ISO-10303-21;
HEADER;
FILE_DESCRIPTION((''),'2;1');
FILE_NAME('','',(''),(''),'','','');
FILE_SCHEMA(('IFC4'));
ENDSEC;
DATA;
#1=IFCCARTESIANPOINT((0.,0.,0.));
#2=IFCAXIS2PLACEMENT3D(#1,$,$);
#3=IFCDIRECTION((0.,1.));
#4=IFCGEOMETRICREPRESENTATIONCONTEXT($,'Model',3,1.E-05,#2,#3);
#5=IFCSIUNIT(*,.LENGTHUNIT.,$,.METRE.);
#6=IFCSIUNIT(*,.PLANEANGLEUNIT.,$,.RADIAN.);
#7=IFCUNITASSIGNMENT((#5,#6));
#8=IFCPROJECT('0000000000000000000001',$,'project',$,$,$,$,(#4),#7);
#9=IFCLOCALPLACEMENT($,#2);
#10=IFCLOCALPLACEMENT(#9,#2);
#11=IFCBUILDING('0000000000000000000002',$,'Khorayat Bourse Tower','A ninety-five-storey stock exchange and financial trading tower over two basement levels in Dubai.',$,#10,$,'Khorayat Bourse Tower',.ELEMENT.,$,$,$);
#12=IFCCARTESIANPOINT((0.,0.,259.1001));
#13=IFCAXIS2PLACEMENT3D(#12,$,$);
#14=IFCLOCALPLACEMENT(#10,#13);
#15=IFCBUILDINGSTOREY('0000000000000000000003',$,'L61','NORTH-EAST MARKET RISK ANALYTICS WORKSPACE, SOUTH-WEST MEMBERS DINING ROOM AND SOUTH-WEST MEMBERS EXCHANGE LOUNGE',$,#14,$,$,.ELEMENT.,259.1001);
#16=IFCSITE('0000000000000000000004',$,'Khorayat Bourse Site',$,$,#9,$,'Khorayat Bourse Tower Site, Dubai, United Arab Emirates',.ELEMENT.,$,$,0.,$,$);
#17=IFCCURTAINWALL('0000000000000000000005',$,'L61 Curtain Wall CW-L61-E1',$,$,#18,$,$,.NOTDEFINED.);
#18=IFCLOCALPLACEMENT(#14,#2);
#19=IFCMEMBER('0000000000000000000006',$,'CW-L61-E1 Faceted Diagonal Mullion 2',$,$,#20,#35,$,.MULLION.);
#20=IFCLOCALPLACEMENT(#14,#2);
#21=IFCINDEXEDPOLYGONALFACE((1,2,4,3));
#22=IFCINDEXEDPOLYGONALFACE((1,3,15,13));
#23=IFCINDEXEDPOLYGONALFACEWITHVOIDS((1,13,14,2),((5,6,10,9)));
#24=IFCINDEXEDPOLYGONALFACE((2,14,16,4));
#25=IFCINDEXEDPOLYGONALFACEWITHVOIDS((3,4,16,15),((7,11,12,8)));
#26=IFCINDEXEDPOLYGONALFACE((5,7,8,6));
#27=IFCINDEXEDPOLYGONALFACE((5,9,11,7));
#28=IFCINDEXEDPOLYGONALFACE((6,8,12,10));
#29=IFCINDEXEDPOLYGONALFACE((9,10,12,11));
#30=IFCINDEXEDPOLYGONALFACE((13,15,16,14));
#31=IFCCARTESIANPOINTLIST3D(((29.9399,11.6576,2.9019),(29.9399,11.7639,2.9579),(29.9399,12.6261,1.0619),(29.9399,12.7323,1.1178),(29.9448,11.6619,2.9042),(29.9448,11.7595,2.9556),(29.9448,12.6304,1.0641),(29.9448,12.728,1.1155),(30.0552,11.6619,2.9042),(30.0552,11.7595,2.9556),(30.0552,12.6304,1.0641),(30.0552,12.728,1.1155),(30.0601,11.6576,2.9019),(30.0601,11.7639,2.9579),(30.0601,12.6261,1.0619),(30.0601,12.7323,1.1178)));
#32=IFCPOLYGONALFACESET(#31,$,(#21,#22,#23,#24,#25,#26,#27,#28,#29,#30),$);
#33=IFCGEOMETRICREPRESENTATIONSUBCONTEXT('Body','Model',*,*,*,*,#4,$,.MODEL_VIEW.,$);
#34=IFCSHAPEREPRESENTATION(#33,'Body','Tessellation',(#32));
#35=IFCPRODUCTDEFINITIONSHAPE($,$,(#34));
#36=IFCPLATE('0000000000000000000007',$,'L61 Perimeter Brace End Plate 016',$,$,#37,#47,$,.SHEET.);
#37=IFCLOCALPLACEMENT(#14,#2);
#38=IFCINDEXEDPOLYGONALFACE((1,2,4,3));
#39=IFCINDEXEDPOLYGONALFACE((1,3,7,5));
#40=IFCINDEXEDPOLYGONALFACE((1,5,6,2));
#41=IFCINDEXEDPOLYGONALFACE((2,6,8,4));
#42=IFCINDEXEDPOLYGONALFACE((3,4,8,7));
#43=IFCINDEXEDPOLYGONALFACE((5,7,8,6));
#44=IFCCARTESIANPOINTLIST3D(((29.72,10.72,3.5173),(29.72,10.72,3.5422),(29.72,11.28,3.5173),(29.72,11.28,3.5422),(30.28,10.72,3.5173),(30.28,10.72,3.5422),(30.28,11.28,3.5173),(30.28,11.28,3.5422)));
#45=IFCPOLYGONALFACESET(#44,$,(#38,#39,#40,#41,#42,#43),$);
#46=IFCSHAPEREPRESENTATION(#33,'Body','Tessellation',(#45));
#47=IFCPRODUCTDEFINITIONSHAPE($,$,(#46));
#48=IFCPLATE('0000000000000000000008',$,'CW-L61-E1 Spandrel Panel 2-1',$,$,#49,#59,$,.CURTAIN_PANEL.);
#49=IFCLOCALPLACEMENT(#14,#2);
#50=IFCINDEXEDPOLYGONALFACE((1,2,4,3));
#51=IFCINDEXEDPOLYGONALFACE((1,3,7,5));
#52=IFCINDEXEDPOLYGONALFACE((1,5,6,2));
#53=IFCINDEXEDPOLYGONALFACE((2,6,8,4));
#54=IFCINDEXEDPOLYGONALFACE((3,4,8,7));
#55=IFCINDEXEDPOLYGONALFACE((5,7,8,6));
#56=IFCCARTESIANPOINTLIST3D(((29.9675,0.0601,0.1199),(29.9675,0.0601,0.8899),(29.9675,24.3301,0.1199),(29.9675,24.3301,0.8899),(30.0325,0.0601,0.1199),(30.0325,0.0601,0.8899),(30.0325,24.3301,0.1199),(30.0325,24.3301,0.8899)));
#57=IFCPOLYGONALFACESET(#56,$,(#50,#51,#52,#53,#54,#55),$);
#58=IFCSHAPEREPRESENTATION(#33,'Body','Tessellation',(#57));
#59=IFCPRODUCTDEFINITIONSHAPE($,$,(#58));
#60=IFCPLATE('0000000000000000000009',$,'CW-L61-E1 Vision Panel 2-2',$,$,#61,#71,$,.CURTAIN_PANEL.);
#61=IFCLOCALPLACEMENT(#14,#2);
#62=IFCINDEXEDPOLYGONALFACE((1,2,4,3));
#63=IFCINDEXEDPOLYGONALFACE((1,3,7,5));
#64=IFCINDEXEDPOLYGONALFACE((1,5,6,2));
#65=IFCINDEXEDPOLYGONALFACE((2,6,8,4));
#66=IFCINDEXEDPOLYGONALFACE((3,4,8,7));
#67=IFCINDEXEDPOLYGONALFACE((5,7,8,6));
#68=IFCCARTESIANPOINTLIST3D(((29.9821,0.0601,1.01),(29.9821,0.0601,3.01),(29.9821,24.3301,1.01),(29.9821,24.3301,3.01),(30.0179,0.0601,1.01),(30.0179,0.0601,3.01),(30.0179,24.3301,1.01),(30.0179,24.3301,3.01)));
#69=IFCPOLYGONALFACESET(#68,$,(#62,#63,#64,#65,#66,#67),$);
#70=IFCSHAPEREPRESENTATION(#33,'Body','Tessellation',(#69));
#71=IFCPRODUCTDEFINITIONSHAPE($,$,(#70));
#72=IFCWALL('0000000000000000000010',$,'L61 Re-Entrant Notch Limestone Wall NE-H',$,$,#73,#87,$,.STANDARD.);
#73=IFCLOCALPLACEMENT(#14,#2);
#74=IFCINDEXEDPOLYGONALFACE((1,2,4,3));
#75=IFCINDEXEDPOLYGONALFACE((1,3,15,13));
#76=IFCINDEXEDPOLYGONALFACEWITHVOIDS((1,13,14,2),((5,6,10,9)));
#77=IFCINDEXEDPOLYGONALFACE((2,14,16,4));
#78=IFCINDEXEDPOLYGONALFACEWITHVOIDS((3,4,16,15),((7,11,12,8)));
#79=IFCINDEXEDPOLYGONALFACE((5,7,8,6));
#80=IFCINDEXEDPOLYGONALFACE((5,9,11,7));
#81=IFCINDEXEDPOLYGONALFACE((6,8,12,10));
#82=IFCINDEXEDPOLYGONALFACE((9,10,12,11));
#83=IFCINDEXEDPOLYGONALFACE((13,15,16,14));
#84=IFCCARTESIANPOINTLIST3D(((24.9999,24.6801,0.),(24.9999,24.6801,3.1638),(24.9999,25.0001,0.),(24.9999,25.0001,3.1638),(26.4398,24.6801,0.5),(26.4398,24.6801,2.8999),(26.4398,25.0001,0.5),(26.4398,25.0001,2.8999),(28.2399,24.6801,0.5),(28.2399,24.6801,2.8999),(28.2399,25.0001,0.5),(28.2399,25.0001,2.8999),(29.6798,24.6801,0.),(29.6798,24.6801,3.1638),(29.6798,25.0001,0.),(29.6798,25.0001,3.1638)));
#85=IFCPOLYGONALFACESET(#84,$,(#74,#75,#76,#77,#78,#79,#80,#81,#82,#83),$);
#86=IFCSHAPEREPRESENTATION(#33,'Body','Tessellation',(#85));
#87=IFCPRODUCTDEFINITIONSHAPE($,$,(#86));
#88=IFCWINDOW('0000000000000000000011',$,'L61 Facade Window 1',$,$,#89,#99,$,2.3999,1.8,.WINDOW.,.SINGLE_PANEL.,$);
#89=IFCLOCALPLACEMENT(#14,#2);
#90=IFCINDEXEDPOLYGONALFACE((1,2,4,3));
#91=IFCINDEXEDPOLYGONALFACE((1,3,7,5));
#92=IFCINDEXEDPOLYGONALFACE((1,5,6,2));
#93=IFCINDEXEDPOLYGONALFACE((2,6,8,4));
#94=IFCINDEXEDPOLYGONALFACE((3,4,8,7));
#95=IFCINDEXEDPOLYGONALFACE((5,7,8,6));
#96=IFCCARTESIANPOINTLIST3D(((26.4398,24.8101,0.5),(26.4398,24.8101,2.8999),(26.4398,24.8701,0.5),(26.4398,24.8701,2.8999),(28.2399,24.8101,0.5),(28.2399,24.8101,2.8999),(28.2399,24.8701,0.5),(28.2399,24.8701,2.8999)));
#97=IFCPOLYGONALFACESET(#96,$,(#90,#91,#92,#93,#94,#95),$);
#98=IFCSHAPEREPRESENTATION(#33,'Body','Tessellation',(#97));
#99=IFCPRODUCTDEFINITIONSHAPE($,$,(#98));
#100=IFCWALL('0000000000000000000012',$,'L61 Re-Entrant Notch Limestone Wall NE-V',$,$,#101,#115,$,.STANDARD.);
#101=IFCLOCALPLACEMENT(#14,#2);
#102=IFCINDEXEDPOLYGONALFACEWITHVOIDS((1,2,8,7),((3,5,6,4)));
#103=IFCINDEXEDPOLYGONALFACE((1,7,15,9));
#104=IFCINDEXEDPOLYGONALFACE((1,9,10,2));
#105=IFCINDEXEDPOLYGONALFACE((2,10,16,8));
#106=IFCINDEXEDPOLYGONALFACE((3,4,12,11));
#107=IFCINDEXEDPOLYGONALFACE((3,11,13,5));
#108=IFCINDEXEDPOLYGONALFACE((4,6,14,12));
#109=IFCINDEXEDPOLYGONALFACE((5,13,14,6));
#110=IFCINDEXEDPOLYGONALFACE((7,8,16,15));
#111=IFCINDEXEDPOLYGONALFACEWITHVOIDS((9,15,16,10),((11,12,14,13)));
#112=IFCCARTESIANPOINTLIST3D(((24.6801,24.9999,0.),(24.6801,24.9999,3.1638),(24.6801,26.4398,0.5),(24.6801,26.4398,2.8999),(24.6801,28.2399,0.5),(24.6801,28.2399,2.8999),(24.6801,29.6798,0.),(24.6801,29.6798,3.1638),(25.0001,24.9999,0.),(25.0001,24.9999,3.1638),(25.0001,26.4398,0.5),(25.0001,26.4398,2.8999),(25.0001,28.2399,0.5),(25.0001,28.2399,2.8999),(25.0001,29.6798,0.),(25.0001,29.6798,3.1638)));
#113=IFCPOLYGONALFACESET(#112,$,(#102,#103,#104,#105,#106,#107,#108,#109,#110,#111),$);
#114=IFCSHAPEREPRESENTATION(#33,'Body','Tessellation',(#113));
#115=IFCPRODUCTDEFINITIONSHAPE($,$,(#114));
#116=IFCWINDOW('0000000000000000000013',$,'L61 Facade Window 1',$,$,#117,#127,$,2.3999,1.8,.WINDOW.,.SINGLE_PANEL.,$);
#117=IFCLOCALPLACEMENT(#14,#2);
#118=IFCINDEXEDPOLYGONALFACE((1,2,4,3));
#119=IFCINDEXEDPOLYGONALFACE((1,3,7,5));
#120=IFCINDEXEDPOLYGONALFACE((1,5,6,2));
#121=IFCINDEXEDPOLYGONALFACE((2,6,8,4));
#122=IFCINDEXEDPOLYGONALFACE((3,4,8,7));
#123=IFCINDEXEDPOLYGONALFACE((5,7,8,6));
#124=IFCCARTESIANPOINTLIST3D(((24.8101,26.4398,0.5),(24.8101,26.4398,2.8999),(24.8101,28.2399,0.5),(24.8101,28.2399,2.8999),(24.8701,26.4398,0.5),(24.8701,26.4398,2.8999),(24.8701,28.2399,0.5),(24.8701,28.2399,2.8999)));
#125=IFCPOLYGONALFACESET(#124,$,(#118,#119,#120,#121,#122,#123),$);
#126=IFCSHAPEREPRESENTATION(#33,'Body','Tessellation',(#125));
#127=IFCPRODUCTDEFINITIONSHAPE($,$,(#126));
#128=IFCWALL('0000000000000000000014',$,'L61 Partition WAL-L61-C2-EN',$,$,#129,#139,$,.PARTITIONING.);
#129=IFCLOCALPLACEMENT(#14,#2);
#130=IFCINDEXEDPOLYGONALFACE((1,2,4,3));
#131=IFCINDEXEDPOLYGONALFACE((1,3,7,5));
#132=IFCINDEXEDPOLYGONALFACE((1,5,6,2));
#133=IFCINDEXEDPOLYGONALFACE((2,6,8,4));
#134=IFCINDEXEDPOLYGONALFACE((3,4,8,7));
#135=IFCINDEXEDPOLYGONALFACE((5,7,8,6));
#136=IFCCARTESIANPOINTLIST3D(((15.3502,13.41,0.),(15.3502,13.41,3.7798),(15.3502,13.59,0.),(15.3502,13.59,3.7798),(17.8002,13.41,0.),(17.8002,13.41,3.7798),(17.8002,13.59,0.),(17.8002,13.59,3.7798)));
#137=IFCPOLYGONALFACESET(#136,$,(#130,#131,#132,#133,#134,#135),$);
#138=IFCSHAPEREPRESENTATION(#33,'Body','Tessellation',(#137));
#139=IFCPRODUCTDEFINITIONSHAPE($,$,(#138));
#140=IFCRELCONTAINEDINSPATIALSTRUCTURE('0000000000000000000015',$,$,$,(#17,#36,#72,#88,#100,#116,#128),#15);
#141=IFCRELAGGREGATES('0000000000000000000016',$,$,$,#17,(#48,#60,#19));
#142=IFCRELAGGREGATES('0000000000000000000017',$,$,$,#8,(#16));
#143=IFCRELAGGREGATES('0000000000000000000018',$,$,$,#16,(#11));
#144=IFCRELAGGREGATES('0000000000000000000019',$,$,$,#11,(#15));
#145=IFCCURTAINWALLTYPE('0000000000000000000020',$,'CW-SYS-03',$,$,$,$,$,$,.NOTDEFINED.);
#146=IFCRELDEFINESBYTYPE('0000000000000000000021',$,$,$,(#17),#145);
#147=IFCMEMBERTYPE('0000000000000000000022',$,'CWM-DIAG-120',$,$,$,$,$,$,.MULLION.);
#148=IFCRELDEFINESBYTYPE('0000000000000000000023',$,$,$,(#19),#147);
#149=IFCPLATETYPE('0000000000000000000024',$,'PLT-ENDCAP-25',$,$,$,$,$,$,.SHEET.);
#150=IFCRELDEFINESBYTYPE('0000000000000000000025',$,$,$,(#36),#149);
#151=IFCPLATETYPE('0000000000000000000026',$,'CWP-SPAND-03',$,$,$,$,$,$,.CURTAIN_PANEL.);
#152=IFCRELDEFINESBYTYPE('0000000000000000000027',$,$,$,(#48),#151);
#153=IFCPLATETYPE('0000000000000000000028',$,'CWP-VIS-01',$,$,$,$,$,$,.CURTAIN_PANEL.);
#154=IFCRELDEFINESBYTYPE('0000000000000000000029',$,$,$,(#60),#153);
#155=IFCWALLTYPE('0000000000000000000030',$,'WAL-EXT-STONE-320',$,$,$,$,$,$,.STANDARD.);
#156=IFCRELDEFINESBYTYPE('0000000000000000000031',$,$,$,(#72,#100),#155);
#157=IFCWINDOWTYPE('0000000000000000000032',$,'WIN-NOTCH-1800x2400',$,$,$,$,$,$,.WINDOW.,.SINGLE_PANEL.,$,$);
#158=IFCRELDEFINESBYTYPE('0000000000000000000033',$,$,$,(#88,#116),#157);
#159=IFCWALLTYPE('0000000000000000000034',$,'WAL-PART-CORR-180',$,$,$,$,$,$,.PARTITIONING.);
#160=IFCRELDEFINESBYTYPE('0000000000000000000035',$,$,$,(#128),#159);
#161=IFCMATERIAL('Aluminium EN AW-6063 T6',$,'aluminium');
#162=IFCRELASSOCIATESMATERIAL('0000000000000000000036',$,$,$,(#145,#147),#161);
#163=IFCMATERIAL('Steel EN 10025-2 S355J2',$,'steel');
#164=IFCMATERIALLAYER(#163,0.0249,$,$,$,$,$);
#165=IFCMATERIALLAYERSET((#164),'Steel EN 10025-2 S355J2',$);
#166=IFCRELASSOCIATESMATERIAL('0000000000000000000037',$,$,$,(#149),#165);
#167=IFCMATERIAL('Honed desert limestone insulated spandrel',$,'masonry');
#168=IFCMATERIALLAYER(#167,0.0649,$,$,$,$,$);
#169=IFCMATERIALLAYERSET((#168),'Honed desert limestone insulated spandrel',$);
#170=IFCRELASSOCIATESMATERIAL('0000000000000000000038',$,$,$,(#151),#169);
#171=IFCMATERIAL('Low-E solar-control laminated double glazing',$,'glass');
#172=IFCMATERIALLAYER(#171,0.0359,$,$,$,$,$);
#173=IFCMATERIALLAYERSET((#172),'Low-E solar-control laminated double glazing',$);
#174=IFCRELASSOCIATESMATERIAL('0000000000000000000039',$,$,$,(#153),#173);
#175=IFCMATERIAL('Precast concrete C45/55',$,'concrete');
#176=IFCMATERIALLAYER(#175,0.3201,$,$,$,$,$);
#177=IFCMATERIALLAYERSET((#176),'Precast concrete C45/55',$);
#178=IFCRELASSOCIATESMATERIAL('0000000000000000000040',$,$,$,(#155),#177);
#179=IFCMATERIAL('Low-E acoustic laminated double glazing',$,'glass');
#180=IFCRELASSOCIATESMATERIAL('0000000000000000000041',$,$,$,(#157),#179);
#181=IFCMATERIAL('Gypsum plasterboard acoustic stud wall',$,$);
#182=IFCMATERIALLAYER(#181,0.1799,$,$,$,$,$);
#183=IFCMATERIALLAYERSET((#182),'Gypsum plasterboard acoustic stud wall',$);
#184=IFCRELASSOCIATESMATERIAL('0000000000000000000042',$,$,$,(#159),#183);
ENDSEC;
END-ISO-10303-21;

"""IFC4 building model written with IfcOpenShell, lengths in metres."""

from ifc_helpers import new_model, si_unit, direction, frame, frame_2d, origin, origin_2d, place, context, subcontext, project, spatial, rectangle, hollow_rectangle, extrude, source, transform, mapped, material, layer, layer_set, material_profile, profile_set, type_object, element, fill, aggregate, save


model = new_model("IFC4")

# Units and contexts
model_context = context("Model", 3, precision=1e-05, world=origin(), true_north=direction((0.0, 1.0)))
body_context = subcontext(model_context, "Body", "Model", "MODEL_VIEW")
ifc_project = project(units=[si_unit("LENGTHUNIT", "METRE"), si_unit("PLANEANGLEUNIT", "RADIAN")], contexts=[model_context])

# Site, building, storey
site_placement = place(None, origin())
site = spatial("IfcSite", under=ifc_project, at=site_placement, Name="Khorayat Bourse Site", LongName="Khorayat Bourse Tower Site, Dubai, United Arab Emirates", CompositionType="ELEMENT", RefElevation=0.0)
building_placement = place(site_placement, origin())
building = spatial("IfcBuilding", under=site, at=building_placement, Name="Khorayat Bourse Tower", Description="A ninety-five-storey stock exchange and financial trading tower over two basement levels in Dubai.", LongName="Khorayat Bourse Tower", CompositionType="ELEMENT")
storey_placement = place(building_placement, frame((0.0, 0.0, 259.1001)))
storey = spatial("IfcBuildingStorey", under=building, at=storey_placement, Name="L61", Description="NORTH-EAST MARKET RISK ANALYTICS WORKSPACE, SOUTH-WEST MEMBERS DINING ROOM AND SOUTH-WEST MEMBERS EXCHANGE LOUNGE", CompositionType="ELEMENT", Elevation=259.1001)

# Shared definitions
ifc_material_1 = material(Name="Aluminium EN AW-6063 T6", Category="aluminium")
curtain_wall_type = type_object("IfcCurtainWallType", Name="CW-SYS-03", PredefinedType="NOTDEFINED", material=ifc_material_1)

# Curtain wall, member
curtain_wall_1_placement = place(storey_placement, origin())
curtain_wall_1 = element("IfcCurtainWall", 1, at=curtain_wall_1_placement, inside=storey, type_object=curtain_wall_type, Name="L61 Curtain Wall CW-L61-E1", PredefinedType="NOTDEFINED")
ifc_material_profile_1 = material_profile(ifc_material_1, hollow_rectangle(XDim=0.1201, YDim=0.1201, WallThickness=0.0049, at=origin_2d()), Name="ALU 120x120x5")
ifc_profile_set_1 = profile_set([ifc_material_profile_1], Name="Aluminium EN AW-6063 T6")
member_type_1 = type_object("IfcMemberType", Name="CWM-DIAG-120", PredefinedType="MULLION", material=ifc_profile_set_1)
shared_shape_1 = source(origin(), body_context, "Body", "SweptSolid", [
    extrude(hollow_rectangle(XDim=0.1201, YDim=0.1201, WallThickness=0.0049, at=origin_2d()), origin(), (0.0, 0.0, 1.0), 2.0793),
])
member_1_placement = place(storey_placement, frame((30.0, 12.6792, 1.0898), z_axis=(0.0, -0.465761, 0.884911), x_axis=(1.0, 0.0, 0.0)))
member_1 = element("IfcMember", 2, at=member_1_placement, type_object=member_type_1, Name="CW-L61-E1 Faceted Diagonal Mullion 2", PredefinedType="MULLION", context=body_context, shape_type="MappedRepresentation", body=[
    mapped(shared_shape_1, transform((0.0, 0.0, 0.0), scale=1.0)),
])

# Plates
ifc_material_2 = material(Name="Steel EN 10025-2 S355J2", Category="steel")
ifc_layer_1 = layer(ifc_material_2, 0.0249)
ifc_layer_set_1 = layer_set([ifc_layer_1], Name="Steel EN 10025-2 S355J2")
plate_type_1 = type_object("IfcPlateType", Name="PLT-ENDCAP-25", PredefinedType="SHEET", material=ifc_layer_set_1)
shared_shape_2 = source(origin(), body_context, "Body", "SweptSolid", [
    extrude(rectangle(XDim=0.5601, YDim=0.5601, at=origin_2d()), origin(), (0.0, 0.0, 1.0), 0.0249),
])
plate_1_placement = place(storey_placement, frame((30.0, 11.0, 3.5173), z_axis=(0.0, 0.0, 1.0), x_axis=(1.0, 0.0, 0.0)))
element("IfcPlate", 3, at=plate_1_placement, inside=storey, type_object=plate_type_1, Name="L61 Perimeter Brace End Plate 016", PredefinedType="SHEET", context=body_context, shape_type="MappedRepresentation", body=[
    mapped(shared_shape_2, transform((0.0, 0.0, 0.0), scale=1.0)),
])
ifc_material_3 = material(Name="Honed desert limestone insulated spandrel", Category="masonry")
ifc_layer_2 = layer(ifc_material_3, 0.0649)
ifc_layer_set_2 = layer_set([ifc_layer_2], Name="Honed desert limestone insulated spandrel")
plate_type_2 = type_object("IfcPlateType", Name="CWP-SPAND-03", PredefinedType="CURTAIN_PANEL", material=ifc_layer_set_2)
shared_shape_3 = source(origin(), body_context, "Body", "SweptSolid", [
    extrude(rectangle(XDim=24.27, YDim=0.0649, at=origin_2d()), origin(), (0.0, 0.0, 1.0), 0.77),
])
plate_2_placement = place(storey_placement, frame((30.0, 12.1951, 0.1199), z_axis=(0.0, 0.0, 1.0), x_axis=(0.0, 1.0, 0.0)))
plate_2 = element("IfcPlate", 4, at=plate_2_placement, type_object=plate_type_2, Name="CW-L61-E1 Spandrel Panel 2-1", PredefinedType="CURTAIN_PANEL", context=body_context, shape_type="MappedRepresentation", body=[
    mapped(shared_shape_3, transform((0.0, 0.0, 0.0), scale=1.0)),
])
ifc_material_4 = material(Name="Low-E solar-control laminated double glazing", Category="glass")
ifc_layer_3 = layer(ifc_material_4, 0.0359)
ifc_layer_set_3 = layer_set([ifc_layer_3], Name="Low-E solar-control laminated double glazing")
plate_type_3 = type_object("IfcPlateType", Name="CWP-VIS-01", PredefinedType="CURTAIN_PANEL", material=ifc_layer_set_3)
shared_shape_4 = source(origin(), body_context, "Body", "SweptSolid", [
    extrude(rectangle(XDim=24.27, YDim=0.0359, at=origin_2d()), origin(), (0.0, 0.0, 1.0), 2.0),
])
plate_3_placement = place(storey_placement, frame((30.0, 12.1951, 1.01), z_axis=(0.0, 0.0, 1.0), x_axis=(0.0, 1.0, 0.0)))
plate_3 = element("IfcPlate", 5, at=plate_3_placement, type_object=plate_type_3, Name="CW-L61-E1 Vision Panel 2-2", PredefinedType="CURTAIN_PANEL", context=body_context, shape_type="MappedRepresentation", body=[
    mapped(shared_shape_4, transform((0.0, 0.0, 0.0), scale=1.0)),
])
aggregate(curtain_wall_1, [plate_2, plate_3, member_1])

# Walls, openings, windows
ifc_material_5 = material(Name="Precast concrete C45/55", Category="concrete")
ifc_layer_4 = layer(ifc_material_5, 0.3201)
ifc_layer_set_4 = layer_set([ifc_layer_4], Name="Precast concrete C45/55")
wall_type_1 = type_object("IfcWallType", Name="WAL-EXT-STONE-320", PredefinedType="STANDARD", material=ifc_layer_set_4)
shared_shape_5 = source(origin(), body_context, "Body", "SweptSolid", [
    extrude(rectangle(XDim=4.6799, YDim=0.3201, at=frame_2d((2.3398, 0.0))), origin(), (0.0, 0.0, 1.0), 3.1638),
])
wall_1_placement = place(storey_placement, frame((25.0, 24.8401, 0.0), z_axis=(0.0, 0.0, 1.0), x_axis=(1.0, 0.0, 0.0)))
wall_1 = element("IfcWall", 6, at=wall_1_placement, inside=storey, type_object=wall_type_1, Name="L61 Re-Entrant Notch Limestone Wall NE-H", PredefinedType="STANDARD", context=body_context, shape_type="MappedRepresentation", body=[
    mapped(shared_shape_5, transform((0.0, 0.0, 0.0), scale=1.0)),
])
shared_shape_6 = source(origin(), body_context, "Body", "SweptSolid", [
    extrude(rectangle(XDim=1.8, YDim=2.3999, at=frame_2d((0.8999, 1.2))), frame((0.0, 0.1699, 0.0), z_axis=(0.0, -1.0, 0.0), x_axis=(1.0, 0.0, 0.0)), (0.0, 0.0, 1.0), 0.3401),
])
opening_1_placement = place(wall_1_placement, frame((1.4399, 0.0, 0.5)))
opening_1 = element("IfcOpeningElement", 7, at=opening_1_placement, cuts=wall_1, PredefinedType="OPENING", context=body_context, shape_type="MappedRepresentation", body=[
    mapped(shared_shape_6, transform((0.0, 0.0, 0.0), scale=1.0)),
])
ifc_material_6 = material(Name="Low-E acoustic laminated double glazing", Category="glass")
window_type = type_object("IfcWindowType", Name="WIN-NOTCH-1800x2400", PartitioningType="SINGLE_PANEL", PredefinedType="WINDOW", material=ifc_material_6)
shared_shape_7 = source(origin(), body_context, "Body", "SweptSolid", [
    extrude(rectangle(XDim=1.8, YDim=2.3999, at=frame_2d((0.8999, 1.2))), frame((0.0, 0.03, 0.0), z_axis=(0.0, -1.0, 0.0), x_axis=(1.0, 0.0, 0.0)), (0.0, 0.0, 1.0), 0.0601),
])
window_1_placement = place(opening_1_placement, origin())
window_1 = element("IfcWindow", 8, at=window_1_placement, inside=storey, type_object=window_type, Name="L61 Facade Window 1", OverallHeight=2.3999, OverallWidth=1.8, PartitioningType="SINGLE_PANEL", PredefinedType="WINDOW", context=body_context, shape_type="MappedRepresentation", body=[
    mapped(shared_shape_7, transform((0.0, 0.0, 0.0), scale=1.0)),
])
fill(opening_1, window_1)
wall_2_placement = place(storey_placement, frame((24.8401, 25.0, 0.0), z_axis=(0.0, 0.0, 1.0), x_axis=(0.0, 1.0, 0.0)))
wall_2 = element("IfcWall", 9, at=wall_2_placement, inside=storey, type_object=wall_type_1, Name="L61 Re-Entrant Notch Limestone Wall NE-V", PredefinedType="STANDARD", context=body_context, shape_type="MappedRepresentation", body=[
    mapped(shared_shape_5, transform((0.0, 0.0, 0.0), scale=1.0)),
])
opening_2_placement = place(wall_2_placement, frame((1.4399, 0.0, 0.5)))
opening_2 = element("IfcOpeningElement", 10, at=opening_2_placement, cuts=wall_2, PredefinedType="OPENING", context=body_context, shape_type="MappedRepresentation", body=[
    mapped(shared_shape_6, transform((0.0, 0.0, 0.0), scale=1.0)),
])
window_2_placement = place(opening_2_placement, origin())
window_2 = element("IfcWindow", 11, at=window_2_placement, inside=storey, type_object=window_type, Name="L61 Facade Window 1", OverallHeight=2.3999, OverallWidth=1.8, PartitioningType="SINGLE_PANEL", PredefinedType="WINDOW", context=body_context, shape_type="MappedRepresentation", body=[
    mapped(shared_shape_7, transform((0.0, 0.0, 0.0), scale=1.0)),
])
fill(opening_2, window_2)

# Wall
ifc_material_7 = material(Name="Gypsum plasterboard acoustic stud wall")
ifc_layer_5 = layer(ifc_material_7, 0.1799)
ifc_layer_set_5 = layer_set([ifc_layer_5], Name="Gypsum plasterboard acoustic stud wall")
wall_type_2 = type_object("IfcWallType", Name="WAL-PART-CORR-180", PredefinedType="PARTITIONING", material=ifc_layer_set_5)
shared_shape_8 = source(origin(), body_context, "Body", "SweptSolid", [
    extrude(rectangle(XDim=2.45, YDim=0.1799, at=frame_2d((1.2251, 0.0))), origin(), (0.0, 0.0, 1.0), 3.7798),
])
wall_3_placement = place(storey_placement, frame((15.3501, 13.5, 0.0), z_axis=(0.0, 0.0, 1.0), x_axis=(1.0, 0.0, 0.0)))
element("IfcWall", 12, at=wall_3_placement, inside=storey, type_object=wall_type_2, Name="L61 Partition WAL-L61-C2-EN", PredefinedType="PARTITIONING", context=body_context, shape_type="MappedRepresentation", body=[
    mapped(shared_shape_8, transform((0.0, 0.0, 0.0), scale=1.0)),
])

save(model, "model.ifc")
